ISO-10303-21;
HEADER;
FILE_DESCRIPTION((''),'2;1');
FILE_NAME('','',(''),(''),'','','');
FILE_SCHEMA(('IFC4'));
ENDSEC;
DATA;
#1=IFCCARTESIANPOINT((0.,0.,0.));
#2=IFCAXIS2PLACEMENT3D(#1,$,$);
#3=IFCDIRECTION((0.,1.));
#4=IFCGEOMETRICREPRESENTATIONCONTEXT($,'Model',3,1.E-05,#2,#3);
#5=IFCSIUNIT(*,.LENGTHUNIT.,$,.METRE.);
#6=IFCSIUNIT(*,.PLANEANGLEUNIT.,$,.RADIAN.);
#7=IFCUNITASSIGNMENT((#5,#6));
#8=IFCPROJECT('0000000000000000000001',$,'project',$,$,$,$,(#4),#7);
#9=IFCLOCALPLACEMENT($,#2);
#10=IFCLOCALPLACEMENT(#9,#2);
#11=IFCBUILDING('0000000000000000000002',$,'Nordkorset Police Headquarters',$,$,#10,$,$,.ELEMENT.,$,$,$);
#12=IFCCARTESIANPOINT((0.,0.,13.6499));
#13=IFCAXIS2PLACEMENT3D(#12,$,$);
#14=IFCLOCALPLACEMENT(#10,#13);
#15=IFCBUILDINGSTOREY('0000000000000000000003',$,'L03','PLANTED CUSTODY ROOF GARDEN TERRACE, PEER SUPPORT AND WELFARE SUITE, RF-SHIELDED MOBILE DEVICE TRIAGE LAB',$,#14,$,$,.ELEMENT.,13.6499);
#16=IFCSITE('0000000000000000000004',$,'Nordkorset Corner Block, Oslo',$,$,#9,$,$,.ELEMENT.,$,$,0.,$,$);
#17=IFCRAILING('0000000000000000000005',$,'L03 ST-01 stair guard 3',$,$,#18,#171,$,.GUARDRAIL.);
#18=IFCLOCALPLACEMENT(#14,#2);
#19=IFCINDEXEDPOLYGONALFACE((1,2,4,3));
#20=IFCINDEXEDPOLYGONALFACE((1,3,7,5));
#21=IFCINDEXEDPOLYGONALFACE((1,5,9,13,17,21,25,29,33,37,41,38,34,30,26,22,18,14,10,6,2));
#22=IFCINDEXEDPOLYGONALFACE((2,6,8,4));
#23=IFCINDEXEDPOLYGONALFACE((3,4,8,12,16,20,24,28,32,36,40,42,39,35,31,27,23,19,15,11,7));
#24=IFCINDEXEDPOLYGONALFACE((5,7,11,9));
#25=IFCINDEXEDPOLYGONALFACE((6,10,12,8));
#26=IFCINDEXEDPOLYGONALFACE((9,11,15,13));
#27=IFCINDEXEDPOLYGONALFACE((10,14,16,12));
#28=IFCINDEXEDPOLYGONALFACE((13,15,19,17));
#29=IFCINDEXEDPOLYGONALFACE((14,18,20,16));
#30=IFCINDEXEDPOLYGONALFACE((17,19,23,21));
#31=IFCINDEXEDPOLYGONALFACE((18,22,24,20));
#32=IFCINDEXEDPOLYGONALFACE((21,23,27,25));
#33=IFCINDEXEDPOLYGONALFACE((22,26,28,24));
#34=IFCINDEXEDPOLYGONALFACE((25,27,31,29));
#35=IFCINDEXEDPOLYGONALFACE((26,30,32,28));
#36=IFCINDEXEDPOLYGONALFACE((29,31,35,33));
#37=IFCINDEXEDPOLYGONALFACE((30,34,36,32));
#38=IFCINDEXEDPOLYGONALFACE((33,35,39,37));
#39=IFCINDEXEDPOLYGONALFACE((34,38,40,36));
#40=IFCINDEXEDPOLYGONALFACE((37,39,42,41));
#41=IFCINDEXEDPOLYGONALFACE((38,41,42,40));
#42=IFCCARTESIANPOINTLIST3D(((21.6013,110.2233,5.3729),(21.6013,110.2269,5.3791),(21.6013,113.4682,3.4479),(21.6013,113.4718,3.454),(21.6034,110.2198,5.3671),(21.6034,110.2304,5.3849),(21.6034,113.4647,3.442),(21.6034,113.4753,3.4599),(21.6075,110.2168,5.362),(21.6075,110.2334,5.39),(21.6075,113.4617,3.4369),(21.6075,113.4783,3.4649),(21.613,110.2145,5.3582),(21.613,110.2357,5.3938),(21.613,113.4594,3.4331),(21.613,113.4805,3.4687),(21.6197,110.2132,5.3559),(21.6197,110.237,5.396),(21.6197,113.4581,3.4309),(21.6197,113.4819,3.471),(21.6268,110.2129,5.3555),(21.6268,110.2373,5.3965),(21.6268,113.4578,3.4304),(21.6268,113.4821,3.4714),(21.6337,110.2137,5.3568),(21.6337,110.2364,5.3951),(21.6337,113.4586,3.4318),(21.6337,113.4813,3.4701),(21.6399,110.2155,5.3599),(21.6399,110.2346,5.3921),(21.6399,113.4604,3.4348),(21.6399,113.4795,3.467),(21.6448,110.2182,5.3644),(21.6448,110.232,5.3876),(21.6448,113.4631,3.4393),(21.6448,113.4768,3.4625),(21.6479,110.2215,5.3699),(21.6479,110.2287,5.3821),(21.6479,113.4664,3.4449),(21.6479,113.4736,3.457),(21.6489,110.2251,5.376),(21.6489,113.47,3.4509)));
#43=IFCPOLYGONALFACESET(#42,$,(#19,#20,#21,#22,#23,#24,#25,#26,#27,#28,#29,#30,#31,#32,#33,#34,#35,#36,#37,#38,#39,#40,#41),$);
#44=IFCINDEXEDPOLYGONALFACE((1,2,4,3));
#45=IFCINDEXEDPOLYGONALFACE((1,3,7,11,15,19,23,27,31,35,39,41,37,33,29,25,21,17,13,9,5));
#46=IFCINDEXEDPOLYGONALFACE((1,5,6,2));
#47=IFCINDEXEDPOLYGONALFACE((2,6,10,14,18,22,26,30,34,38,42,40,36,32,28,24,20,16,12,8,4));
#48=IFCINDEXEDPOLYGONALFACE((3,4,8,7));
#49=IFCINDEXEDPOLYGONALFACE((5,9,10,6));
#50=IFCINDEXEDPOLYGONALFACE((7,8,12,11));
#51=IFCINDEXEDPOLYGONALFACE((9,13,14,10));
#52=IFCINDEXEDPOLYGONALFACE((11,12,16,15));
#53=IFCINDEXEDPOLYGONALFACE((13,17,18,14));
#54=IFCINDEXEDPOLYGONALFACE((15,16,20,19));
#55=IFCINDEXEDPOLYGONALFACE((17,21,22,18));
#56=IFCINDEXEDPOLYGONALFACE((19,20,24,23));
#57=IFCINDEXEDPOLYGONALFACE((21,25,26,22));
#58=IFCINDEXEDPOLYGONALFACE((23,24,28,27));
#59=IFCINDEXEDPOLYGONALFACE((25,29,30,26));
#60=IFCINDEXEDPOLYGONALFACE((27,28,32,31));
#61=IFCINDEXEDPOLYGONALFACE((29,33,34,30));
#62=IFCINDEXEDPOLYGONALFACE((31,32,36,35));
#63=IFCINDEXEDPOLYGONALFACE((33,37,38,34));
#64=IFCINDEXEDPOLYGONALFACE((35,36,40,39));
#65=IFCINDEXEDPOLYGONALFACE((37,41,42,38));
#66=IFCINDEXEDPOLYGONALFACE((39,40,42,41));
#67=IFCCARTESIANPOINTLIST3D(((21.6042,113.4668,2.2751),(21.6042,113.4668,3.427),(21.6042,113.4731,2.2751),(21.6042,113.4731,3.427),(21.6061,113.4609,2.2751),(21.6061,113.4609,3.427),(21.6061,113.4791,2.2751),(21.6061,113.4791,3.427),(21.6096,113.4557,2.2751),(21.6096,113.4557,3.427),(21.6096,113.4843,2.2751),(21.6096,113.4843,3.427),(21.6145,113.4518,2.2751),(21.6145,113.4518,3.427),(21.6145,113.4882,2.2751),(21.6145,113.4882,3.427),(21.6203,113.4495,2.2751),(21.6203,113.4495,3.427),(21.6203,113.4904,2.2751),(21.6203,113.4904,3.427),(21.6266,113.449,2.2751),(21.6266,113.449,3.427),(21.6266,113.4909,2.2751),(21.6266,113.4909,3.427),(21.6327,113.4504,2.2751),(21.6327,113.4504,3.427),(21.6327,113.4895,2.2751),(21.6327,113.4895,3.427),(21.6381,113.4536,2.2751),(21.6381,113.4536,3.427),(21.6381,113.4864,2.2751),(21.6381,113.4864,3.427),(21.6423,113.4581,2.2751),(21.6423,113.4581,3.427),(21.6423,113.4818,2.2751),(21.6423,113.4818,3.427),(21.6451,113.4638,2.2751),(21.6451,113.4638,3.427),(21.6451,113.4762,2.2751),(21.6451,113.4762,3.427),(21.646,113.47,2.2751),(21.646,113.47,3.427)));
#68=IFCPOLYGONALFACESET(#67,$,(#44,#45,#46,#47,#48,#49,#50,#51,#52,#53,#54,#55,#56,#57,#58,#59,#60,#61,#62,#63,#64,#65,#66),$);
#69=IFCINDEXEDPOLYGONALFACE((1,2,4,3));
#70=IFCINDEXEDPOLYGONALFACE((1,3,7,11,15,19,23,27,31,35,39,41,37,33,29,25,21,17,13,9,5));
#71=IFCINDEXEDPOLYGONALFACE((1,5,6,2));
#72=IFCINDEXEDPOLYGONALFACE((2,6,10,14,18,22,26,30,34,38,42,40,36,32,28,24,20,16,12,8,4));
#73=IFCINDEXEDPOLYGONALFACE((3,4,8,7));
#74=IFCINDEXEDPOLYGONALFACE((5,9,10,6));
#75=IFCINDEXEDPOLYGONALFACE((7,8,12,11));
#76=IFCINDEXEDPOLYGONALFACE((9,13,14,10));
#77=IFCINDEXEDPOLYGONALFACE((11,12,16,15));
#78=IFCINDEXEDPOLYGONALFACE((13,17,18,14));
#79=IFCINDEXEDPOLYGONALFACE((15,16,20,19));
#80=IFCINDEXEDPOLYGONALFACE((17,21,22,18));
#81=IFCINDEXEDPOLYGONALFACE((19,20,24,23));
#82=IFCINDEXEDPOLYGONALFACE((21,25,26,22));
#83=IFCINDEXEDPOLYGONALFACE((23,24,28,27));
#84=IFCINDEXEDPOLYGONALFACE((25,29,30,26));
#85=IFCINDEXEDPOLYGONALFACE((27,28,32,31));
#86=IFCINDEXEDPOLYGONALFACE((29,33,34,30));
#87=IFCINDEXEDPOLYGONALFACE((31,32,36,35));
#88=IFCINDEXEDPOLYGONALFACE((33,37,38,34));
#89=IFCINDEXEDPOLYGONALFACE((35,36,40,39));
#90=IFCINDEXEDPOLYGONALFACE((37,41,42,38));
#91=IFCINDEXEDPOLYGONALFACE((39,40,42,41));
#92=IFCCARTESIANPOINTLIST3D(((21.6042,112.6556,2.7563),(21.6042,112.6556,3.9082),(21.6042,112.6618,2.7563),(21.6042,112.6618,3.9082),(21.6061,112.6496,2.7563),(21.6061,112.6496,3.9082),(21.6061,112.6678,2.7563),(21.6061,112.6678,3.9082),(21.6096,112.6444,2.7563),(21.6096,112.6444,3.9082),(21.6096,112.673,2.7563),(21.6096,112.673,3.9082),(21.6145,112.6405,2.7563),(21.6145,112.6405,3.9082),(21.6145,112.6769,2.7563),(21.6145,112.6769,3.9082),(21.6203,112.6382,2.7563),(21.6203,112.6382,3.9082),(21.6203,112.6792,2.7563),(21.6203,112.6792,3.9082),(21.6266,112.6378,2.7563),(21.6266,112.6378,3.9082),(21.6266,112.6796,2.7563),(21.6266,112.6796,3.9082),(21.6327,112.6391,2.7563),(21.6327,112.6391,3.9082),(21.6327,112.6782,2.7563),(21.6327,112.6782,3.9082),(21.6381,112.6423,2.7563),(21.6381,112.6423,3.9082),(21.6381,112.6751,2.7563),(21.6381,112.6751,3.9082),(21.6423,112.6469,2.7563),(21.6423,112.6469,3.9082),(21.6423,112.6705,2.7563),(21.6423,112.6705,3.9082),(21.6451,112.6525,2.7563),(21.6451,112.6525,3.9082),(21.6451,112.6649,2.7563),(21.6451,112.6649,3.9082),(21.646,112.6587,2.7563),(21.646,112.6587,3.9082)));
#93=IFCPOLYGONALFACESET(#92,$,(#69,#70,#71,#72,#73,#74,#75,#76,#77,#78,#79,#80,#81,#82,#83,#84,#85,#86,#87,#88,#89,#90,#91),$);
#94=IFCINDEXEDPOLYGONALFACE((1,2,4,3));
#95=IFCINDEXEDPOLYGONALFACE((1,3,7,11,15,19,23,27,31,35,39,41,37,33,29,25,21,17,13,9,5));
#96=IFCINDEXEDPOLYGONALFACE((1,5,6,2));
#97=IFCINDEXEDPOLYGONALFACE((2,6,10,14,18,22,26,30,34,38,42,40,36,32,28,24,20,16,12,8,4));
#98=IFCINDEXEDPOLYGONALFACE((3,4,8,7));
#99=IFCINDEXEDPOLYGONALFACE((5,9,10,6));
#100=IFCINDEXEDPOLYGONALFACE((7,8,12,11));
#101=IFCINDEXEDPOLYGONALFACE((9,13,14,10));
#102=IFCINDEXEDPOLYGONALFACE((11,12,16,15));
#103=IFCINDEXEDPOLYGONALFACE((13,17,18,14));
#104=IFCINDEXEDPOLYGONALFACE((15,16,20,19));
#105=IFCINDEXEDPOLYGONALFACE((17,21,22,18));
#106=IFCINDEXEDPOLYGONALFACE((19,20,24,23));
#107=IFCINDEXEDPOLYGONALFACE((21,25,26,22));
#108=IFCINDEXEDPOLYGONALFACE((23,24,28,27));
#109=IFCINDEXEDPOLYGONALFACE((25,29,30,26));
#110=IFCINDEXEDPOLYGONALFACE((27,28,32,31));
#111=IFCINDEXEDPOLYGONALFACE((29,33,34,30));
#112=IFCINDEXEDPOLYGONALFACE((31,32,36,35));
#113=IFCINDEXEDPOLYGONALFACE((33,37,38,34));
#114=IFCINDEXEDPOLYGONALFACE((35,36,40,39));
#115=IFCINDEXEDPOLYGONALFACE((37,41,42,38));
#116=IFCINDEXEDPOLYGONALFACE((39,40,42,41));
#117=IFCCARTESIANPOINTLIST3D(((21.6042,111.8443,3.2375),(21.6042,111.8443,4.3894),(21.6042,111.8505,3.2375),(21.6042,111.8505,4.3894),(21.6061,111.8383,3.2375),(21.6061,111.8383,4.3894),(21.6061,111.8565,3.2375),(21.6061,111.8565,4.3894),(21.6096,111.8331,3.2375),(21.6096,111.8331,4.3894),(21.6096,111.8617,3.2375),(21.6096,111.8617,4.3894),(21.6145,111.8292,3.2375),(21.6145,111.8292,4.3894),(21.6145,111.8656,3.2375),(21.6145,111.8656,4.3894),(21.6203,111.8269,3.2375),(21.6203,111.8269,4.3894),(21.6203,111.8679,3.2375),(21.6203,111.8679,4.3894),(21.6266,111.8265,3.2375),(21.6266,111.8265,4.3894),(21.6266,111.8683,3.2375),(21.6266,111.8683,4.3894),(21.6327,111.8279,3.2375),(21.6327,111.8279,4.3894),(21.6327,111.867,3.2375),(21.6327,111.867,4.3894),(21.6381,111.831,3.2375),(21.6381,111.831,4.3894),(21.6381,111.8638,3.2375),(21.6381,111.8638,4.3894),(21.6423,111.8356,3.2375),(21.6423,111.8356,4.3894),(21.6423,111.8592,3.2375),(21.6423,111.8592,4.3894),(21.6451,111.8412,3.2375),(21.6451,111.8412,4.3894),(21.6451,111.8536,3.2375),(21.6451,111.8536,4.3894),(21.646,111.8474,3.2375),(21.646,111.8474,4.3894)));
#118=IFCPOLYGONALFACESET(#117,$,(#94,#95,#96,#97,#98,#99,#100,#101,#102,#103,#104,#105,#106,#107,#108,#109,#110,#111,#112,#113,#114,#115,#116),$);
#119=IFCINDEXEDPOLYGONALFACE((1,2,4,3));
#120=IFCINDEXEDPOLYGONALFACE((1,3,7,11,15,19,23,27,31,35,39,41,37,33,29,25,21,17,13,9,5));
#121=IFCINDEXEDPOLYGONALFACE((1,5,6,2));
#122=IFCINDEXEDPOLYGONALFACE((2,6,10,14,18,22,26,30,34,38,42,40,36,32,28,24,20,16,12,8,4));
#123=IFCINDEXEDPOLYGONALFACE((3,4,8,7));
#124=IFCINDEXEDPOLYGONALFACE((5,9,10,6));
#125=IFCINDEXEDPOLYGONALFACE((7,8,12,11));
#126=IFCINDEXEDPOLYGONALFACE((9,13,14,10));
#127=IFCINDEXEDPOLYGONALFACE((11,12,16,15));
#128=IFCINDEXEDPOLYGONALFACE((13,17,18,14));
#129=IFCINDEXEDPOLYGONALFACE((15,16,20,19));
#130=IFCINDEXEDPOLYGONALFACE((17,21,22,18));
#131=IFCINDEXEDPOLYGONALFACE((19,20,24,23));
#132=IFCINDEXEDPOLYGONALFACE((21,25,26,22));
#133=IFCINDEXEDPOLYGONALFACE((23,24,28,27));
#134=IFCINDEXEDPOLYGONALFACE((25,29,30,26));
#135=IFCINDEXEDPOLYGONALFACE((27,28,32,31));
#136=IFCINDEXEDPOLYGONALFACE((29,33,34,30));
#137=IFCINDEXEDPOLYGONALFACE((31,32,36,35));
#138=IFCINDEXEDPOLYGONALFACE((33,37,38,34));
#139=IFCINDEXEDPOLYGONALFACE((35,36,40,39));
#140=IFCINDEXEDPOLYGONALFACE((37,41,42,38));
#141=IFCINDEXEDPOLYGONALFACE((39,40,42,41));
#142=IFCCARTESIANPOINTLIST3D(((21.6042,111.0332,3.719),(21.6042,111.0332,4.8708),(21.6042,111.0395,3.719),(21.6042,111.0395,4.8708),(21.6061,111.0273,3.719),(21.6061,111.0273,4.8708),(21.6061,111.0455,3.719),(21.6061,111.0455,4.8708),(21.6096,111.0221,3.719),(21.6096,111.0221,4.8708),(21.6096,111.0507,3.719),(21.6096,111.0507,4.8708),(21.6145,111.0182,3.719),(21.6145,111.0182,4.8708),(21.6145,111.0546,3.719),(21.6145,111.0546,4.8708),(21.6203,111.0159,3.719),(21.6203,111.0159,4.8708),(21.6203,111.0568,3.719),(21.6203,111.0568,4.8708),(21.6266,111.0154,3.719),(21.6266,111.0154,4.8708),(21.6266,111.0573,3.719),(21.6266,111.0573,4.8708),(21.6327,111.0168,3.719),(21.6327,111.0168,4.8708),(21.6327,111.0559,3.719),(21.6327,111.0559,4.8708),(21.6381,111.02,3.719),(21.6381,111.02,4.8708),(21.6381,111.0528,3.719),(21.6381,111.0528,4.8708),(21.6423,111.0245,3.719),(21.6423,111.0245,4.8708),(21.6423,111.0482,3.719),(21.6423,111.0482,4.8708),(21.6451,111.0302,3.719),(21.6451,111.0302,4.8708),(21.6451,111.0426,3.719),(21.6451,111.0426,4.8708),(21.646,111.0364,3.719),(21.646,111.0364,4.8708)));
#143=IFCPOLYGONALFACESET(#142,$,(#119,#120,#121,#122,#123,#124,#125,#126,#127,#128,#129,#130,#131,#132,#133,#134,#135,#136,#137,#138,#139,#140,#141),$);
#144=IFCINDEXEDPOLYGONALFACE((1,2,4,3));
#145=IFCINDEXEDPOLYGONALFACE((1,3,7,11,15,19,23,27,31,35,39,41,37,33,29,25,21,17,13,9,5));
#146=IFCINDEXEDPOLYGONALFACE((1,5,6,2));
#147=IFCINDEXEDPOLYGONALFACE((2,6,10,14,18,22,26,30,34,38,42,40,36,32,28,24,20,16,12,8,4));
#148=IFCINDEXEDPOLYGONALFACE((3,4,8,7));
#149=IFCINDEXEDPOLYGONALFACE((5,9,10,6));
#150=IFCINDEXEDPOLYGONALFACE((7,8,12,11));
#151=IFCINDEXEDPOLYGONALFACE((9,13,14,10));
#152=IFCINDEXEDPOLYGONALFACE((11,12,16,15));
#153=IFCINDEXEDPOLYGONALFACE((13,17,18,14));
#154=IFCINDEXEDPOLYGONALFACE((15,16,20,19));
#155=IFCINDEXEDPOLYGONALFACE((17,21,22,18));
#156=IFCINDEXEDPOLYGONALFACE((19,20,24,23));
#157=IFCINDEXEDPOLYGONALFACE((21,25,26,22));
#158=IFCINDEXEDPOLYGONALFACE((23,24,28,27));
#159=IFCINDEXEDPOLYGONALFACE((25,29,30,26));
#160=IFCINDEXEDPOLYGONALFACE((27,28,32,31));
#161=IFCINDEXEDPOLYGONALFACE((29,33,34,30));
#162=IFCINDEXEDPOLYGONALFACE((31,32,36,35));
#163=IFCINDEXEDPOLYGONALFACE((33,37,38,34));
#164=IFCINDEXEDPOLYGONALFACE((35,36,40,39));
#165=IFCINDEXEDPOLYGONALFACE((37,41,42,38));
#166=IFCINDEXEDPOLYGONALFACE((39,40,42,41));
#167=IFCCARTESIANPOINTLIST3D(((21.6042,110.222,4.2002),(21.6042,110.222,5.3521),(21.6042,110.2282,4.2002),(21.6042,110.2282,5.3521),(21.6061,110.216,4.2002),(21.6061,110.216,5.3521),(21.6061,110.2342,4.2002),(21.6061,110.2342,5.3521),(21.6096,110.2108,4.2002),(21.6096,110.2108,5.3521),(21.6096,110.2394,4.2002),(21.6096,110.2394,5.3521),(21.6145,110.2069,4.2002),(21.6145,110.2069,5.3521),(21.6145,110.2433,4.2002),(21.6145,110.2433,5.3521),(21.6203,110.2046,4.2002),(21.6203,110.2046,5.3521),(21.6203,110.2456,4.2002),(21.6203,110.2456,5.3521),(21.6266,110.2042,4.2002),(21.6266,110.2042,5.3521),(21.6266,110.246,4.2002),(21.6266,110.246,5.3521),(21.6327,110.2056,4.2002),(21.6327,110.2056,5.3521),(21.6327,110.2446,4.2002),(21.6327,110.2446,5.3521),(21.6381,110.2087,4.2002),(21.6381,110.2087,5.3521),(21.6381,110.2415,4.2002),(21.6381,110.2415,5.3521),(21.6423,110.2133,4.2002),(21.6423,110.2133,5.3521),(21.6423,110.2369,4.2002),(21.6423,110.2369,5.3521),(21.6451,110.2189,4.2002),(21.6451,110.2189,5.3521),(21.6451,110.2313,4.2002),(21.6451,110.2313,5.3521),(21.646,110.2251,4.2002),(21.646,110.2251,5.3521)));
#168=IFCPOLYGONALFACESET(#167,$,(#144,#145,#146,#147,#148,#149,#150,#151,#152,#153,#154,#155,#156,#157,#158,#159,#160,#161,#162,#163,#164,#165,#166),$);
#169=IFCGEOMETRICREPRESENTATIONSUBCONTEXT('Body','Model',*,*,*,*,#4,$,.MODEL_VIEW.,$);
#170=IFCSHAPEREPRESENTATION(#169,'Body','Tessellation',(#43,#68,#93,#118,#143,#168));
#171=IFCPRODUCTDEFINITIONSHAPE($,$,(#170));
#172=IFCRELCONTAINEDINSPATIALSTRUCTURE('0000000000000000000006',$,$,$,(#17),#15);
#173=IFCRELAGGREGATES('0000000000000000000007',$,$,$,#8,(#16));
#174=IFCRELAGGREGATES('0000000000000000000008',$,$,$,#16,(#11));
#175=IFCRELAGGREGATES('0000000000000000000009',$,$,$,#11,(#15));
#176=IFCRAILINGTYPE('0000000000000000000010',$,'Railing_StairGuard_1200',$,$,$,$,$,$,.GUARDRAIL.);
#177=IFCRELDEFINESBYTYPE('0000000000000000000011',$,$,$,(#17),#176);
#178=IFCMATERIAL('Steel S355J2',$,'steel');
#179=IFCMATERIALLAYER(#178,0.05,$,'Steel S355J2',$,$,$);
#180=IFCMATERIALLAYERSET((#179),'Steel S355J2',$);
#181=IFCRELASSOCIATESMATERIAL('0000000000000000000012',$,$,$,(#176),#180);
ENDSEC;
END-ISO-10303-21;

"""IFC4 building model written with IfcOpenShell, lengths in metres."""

from ifc_helpers import new_model, si_unit, direction, frame, origin, origin_2d, place, context, subcontext, project, spatial, circle, extrude, material, layer, layer_set, type_object, element, save


model = new_model("IFC4")

# Units and contexts
model_context = context("Model", 3, precision=1e-05, world=origin(), true_north=direction((0.0, 1.0)))
body_context = subcontext(model_context, "Body", "Model", "MODEL_VIEW")
ifc_project = project(units=[si_unit("LENGTHUNIT", "METRE"), si_unit("PLANEANGLEUNIT", "RADIAN")], contexts=[model_context])

# Site, building, storey
site_placement = place(None, origin())
site = spatial("IfcSite", under=ifc_project, at=site_placement, Name="Nordkorset Corner Block, Oslo", CompositionType="ELEMENT", RefElevation=0.0)
building_placement = place(site_placement, origin())
building = spatial("IfcBuilding", under=site, at=building_placement, Name="Nordkorset Police Headquarters", CompositionType="ELEMENT")
storey_placement = place(building_placement, frame((0.0, 0.0, 13.6499)))
storey = spatial("IfcBuildingStorey", under=building, at=storey_placement, Name="L03", Description="PLANTED CUSTODY ROOF GARDEN TERRACE, PEER SUPPORT AND WELFARE SUITE, RF-SHIELDED MOBILE DEVICE TRIAGE LAB", CompositionType="ELEMENT", Elevation=13.6499)

# Railing
ifc_material_1 = material(Name="Steel S355J2", Category="steel")
ifc_layer_1 = layer(ifc_material_1, 0.05, Name="Steel S355J2")
ifc_layer_set_1 = layer_set([ifc_layer_1], Name="Steel S355J2")
railing_type = type_object("IfcRailingType", Name="Railing_StairGuard_1200", PredefinedType="GUARDRAIL", material=ifc_layer_set_1)
railing_1_placement = place(storey_placement, frame((21.625, 113.47, 2.2751)))
element("IfcRailing", 1, at=railing_1_placement, inside=storey, type_object=railing_type, Name="L03 ST-01 stair guard 3", PredefinedType="GUARDRAIL", context=body_context, shape_type="SweptSolid", body=[
    extrude(circle(Radius=0.0239, at=origin_2d()), frame((0.0, 0.0, 1.1758), z_axis=(0.0, -0.86004, 0.510226), x_axis=(1.0, 0.0, 0.0)), (0.0, 0.0, 1.0), 3.7729),
    extrude(circle(Radius=0.021, at=origin_2d()), origin(), (0.0, 0.0, 1.0), 1.1519),
    extrude(circle(Radius=0.021, at=origin_2d()), frame((0.0, -0.8113, 0.4812)), (0.0, 0.0, 1.0), 1.1519),
    extrude(circle(Radius=0.021, at=origin_2d()), frame((0.0, -1.6226, 0.9624)), (0.0, 0.0, 1.0), 1.1519),
    extrude(circle(Radius=0.021, at=origin_2d()), frame((0.0, -2.4336, 1.4438)), (0.0, 0.0, 1.0), 1.1519),
    extrude(circle(Radius=0.021, at=origin_2d()), frame((0.0, -3.2449, 1.925)), (0.0, 0.0, 1.0), 1.1519),
])

save(model, "model.ifc")
